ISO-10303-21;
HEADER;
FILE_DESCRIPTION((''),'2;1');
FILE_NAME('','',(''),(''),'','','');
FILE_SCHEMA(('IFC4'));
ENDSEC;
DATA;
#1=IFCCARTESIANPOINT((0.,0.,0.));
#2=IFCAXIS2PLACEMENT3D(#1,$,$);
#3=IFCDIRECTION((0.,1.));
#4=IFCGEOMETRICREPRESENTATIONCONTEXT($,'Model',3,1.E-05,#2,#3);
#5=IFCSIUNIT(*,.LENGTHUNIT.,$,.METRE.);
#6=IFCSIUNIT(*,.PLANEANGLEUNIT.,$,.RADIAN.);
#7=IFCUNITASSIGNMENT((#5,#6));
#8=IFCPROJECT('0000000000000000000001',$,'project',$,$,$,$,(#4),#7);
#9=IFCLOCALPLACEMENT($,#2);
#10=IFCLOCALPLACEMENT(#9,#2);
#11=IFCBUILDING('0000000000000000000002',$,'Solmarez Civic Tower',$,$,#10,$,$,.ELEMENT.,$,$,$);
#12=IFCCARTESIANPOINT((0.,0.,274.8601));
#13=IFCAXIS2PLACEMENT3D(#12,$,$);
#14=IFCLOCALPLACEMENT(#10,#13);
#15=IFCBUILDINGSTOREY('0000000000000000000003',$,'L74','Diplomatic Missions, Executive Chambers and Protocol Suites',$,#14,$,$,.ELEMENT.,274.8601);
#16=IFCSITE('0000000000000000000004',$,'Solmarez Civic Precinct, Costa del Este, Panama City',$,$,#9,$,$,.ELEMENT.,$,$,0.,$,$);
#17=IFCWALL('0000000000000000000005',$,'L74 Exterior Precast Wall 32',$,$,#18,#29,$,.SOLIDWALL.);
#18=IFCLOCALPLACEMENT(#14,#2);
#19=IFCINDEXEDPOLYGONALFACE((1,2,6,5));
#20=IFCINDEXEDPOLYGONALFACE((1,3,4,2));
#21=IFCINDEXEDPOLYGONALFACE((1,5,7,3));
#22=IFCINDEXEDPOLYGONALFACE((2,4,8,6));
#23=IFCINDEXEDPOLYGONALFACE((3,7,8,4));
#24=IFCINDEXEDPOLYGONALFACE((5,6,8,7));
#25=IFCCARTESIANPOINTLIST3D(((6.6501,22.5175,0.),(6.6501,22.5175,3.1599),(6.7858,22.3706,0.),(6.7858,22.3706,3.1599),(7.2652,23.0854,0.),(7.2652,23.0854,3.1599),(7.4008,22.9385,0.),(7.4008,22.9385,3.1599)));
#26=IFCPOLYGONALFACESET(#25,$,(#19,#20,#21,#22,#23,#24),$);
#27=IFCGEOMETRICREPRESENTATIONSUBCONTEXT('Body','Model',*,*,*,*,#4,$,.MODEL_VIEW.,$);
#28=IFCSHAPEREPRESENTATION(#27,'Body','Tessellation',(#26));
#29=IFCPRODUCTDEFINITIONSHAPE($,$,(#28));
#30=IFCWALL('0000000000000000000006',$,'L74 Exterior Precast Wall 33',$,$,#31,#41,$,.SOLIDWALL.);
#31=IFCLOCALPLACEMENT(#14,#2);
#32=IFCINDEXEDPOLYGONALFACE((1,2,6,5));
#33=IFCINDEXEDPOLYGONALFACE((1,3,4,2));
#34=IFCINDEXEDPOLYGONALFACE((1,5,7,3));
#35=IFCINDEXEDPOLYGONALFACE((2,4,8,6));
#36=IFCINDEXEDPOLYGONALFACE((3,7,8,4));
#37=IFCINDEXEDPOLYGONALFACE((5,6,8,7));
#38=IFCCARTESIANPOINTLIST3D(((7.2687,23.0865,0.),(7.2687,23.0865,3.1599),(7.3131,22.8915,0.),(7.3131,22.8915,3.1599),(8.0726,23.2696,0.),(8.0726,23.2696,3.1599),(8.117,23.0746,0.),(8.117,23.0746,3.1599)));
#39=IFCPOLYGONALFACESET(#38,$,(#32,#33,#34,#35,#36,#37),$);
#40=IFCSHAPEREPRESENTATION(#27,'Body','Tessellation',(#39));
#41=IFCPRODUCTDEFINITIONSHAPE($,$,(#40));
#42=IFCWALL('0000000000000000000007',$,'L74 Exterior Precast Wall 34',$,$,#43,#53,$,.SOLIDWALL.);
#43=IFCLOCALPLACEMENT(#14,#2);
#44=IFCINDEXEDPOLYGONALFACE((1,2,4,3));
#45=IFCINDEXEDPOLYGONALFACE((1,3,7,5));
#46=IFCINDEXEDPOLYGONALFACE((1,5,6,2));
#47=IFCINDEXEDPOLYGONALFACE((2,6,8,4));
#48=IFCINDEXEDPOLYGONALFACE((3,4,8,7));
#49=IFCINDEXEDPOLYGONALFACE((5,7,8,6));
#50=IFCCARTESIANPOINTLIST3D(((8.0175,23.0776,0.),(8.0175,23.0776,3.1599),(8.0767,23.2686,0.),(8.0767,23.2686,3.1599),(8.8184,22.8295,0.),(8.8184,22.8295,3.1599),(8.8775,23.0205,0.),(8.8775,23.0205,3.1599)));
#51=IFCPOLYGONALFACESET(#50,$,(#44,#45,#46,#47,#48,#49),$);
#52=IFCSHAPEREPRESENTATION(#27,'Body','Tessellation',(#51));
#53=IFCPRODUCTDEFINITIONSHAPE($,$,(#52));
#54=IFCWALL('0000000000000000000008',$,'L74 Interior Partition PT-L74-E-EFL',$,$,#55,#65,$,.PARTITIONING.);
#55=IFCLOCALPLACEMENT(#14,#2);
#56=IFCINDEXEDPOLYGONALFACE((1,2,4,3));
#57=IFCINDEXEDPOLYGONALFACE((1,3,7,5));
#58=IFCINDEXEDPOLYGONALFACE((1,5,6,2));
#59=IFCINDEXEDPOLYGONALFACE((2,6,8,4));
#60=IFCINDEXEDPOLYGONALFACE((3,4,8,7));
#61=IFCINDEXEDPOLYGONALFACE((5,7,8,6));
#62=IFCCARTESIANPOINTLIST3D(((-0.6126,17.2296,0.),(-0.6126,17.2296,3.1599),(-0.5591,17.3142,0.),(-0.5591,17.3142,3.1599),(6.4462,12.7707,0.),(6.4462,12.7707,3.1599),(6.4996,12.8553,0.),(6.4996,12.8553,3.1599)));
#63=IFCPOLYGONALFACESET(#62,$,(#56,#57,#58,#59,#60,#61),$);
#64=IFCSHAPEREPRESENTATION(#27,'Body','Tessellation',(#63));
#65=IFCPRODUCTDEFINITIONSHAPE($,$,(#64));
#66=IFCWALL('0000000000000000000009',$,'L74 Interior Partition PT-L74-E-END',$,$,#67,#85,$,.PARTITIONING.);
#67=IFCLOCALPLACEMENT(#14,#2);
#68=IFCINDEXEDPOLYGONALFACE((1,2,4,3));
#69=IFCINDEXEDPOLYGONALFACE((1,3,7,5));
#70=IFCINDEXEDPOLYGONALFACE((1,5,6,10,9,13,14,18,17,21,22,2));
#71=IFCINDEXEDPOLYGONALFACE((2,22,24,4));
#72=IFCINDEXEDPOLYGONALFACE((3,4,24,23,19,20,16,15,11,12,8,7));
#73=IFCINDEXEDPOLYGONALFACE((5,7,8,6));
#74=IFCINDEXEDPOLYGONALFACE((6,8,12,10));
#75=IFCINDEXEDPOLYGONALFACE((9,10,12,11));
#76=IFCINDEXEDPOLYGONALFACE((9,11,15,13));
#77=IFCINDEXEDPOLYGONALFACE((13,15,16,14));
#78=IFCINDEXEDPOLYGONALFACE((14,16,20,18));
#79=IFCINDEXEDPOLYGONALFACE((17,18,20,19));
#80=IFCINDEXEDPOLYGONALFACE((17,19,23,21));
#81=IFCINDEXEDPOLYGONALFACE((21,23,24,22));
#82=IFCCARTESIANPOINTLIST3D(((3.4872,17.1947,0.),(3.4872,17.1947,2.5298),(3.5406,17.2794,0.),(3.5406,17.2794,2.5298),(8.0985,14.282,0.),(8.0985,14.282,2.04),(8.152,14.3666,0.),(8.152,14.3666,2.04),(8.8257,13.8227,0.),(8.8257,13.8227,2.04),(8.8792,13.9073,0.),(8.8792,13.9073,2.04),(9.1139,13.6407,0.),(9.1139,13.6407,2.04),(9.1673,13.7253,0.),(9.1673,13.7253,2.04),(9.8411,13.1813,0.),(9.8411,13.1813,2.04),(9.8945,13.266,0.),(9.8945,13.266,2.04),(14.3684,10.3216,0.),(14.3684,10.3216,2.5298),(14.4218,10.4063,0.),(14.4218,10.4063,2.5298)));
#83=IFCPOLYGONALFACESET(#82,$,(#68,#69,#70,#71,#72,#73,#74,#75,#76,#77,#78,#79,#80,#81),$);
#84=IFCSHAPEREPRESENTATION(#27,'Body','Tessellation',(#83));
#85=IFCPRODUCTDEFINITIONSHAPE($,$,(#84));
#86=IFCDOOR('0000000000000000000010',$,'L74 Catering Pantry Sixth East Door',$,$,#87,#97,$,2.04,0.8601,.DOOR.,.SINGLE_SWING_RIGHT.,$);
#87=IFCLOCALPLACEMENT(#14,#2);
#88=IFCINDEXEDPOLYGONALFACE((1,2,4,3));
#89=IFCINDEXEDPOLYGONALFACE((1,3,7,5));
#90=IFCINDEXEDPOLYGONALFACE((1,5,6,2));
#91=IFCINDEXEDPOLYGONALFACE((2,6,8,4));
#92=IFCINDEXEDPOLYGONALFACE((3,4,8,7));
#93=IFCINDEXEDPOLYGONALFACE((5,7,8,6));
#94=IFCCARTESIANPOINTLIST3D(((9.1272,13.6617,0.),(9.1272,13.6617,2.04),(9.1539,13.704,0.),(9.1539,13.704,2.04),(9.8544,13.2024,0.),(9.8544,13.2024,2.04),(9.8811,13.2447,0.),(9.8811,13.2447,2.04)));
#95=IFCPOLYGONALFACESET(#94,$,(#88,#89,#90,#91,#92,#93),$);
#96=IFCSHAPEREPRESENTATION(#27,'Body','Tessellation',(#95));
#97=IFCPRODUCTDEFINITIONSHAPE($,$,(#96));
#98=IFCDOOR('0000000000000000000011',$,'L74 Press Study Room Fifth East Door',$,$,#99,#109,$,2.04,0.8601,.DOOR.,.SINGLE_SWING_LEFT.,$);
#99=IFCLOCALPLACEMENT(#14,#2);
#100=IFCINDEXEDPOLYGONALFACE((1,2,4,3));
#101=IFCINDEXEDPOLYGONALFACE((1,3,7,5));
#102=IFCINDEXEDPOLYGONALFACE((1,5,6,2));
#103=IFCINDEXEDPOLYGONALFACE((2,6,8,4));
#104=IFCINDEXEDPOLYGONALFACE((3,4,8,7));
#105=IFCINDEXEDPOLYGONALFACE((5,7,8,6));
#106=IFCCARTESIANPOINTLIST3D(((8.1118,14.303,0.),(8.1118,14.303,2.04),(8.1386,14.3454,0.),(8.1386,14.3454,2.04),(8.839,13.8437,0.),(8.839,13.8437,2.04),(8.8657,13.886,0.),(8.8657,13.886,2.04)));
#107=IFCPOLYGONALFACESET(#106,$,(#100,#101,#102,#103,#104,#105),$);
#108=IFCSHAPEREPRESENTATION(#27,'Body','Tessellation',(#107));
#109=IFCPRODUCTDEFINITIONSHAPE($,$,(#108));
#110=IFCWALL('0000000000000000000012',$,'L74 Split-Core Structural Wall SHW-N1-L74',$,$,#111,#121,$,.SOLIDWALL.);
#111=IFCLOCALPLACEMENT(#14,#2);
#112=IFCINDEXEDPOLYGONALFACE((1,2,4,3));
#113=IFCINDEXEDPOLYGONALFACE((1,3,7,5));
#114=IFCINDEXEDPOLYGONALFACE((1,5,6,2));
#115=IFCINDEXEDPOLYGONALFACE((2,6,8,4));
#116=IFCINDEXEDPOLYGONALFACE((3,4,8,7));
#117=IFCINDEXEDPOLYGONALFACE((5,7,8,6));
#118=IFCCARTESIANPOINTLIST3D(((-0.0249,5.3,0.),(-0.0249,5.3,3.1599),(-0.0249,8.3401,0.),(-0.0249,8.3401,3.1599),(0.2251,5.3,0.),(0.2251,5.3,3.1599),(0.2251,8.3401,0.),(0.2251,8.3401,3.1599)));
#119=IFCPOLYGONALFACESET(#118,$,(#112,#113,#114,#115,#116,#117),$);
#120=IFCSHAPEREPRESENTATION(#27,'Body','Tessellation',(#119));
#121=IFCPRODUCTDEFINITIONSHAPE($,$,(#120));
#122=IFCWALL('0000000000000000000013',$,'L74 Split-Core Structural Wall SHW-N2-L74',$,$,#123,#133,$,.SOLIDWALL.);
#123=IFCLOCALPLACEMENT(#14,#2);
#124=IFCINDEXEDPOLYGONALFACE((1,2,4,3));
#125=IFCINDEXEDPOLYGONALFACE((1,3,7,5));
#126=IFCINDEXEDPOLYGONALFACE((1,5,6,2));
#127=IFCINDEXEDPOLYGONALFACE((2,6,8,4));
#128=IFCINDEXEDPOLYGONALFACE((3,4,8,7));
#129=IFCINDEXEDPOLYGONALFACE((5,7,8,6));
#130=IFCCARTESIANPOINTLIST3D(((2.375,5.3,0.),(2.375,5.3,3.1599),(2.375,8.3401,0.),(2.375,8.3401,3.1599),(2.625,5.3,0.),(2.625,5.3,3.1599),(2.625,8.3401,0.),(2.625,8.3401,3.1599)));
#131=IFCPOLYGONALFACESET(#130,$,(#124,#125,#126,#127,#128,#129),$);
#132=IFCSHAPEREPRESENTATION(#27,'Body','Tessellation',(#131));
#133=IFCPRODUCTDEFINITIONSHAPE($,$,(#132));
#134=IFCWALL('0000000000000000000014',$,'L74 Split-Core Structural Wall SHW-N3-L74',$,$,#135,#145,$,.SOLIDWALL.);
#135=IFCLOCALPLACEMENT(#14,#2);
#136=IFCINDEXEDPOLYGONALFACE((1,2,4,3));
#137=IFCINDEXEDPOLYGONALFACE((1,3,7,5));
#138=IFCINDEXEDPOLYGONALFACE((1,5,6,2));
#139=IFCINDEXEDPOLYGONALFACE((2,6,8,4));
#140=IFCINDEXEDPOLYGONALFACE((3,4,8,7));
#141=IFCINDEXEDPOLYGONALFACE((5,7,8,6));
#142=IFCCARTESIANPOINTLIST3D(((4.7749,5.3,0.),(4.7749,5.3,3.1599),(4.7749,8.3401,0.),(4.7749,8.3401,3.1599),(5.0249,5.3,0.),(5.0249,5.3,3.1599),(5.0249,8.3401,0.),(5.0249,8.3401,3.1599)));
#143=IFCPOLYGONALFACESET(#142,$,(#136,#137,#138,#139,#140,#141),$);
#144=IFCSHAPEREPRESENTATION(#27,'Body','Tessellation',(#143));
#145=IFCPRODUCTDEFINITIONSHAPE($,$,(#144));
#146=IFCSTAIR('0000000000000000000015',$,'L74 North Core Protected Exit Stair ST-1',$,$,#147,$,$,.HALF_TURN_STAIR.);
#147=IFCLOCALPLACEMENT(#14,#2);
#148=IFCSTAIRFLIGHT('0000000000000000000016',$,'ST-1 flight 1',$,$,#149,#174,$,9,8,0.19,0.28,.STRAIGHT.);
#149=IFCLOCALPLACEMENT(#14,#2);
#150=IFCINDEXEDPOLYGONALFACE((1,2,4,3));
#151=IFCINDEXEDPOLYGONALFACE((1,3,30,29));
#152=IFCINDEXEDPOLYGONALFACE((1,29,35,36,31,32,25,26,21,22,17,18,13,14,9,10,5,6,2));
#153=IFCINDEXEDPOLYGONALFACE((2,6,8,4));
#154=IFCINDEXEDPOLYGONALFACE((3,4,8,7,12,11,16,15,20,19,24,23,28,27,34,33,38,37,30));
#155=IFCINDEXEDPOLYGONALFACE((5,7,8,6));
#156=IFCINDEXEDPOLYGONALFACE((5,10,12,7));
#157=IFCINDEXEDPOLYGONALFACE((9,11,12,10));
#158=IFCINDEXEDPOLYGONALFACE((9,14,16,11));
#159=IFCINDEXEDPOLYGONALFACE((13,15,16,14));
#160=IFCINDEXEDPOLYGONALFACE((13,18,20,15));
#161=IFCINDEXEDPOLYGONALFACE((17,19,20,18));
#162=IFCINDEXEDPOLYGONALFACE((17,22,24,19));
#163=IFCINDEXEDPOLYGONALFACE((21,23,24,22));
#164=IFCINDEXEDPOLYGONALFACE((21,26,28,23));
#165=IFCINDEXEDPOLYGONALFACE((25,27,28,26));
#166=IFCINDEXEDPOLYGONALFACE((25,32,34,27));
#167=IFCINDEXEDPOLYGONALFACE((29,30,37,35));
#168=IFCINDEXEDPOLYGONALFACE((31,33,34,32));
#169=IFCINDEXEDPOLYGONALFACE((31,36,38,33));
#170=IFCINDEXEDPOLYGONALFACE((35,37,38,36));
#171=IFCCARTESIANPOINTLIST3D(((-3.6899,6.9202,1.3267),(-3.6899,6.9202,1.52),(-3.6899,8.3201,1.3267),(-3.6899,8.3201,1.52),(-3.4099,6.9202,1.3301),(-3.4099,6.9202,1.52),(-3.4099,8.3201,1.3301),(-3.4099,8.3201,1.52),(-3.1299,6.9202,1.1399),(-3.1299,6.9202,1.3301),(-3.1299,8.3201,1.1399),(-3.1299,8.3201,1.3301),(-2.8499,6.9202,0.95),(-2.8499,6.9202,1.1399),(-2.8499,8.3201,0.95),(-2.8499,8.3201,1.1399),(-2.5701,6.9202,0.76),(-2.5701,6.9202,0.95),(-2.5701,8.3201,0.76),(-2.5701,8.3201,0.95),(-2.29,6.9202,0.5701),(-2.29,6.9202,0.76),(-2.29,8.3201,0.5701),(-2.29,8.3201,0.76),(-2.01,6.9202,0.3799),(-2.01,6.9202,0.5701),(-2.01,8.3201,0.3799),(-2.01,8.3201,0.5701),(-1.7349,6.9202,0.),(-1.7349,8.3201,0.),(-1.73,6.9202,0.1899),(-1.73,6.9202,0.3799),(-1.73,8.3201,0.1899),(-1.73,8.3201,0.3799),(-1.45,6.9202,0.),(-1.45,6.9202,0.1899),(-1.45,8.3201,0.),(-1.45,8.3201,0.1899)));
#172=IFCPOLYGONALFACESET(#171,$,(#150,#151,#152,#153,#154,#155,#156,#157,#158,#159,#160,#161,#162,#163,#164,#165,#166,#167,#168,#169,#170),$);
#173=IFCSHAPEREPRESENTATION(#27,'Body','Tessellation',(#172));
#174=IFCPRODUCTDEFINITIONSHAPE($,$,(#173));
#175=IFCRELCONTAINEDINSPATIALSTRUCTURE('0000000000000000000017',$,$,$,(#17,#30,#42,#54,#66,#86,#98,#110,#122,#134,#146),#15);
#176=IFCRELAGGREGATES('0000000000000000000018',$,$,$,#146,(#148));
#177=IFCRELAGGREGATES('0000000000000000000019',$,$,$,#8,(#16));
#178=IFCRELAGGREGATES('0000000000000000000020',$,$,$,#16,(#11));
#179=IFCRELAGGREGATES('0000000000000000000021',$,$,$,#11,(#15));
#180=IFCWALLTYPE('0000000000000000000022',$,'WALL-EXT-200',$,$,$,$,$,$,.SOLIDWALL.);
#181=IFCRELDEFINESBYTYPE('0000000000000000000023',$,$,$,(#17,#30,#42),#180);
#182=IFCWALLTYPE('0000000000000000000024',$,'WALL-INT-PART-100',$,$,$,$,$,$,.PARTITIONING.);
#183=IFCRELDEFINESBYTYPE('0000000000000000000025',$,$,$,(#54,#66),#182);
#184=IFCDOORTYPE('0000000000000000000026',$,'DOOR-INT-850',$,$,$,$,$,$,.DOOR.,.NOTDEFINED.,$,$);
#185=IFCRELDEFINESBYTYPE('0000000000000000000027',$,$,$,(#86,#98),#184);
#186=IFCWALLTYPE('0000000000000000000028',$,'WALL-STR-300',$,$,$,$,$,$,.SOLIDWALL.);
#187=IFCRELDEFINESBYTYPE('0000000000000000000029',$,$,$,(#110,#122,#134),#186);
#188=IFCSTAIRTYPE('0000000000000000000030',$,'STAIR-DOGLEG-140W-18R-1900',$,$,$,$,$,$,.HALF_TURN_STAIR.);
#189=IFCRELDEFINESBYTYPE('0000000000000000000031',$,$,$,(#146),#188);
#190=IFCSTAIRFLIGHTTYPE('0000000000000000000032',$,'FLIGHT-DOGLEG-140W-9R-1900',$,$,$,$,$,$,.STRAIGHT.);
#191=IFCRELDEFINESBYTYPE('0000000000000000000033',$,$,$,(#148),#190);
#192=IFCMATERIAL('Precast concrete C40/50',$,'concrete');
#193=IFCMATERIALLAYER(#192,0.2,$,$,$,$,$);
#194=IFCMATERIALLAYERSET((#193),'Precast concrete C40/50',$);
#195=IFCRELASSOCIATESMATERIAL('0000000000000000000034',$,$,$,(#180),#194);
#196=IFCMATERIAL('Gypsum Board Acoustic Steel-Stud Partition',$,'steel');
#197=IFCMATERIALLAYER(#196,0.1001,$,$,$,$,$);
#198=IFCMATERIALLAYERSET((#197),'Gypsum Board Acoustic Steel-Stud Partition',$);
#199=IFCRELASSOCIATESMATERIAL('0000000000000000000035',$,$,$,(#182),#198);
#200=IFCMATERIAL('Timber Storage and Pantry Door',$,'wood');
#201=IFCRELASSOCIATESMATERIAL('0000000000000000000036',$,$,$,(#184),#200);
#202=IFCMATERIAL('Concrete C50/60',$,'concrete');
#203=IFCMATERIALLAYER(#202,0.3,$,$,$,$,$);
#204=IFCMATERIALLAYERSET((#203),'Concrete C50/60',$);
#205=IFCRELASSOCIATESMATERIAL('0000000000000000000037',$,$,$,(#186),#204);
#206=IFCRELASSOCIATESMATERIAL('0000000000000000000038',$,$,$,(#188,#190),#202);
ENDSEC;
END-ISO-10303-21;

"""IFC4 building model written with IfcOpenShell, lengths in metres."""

from ifc_helpers import new_model, si_unit, direction, frame, frame_2d, origin, place, context, subcontext, project, spatial, polyline, rectangle, outline, extrude, material, layer, layer_set, type_object, element, fill, aggregate, save


model = new_model("IFC4")

# Units and contexts
model_context = context("Model", 3, precision=1e-05, world=origin(), true_north=direction((0.0, 1.0)))
body_context = subcontext(model_context, "Body", "Model", "MODEL_VIEW")
ifc_project = project(units=[si_unit("LENGTHUNIT", "METRE"), si_unit("PLANEANGLEUNIT", "RADIAN")], contexts=[model_context])

# Site, building, storey
site_placement = place(None, origin())
site = spatial("IfcSite", under=ifc_project, at=site_placement, Name="Solmarez Civic Precinct, Costa del Este, Panama City", CompositionType="ELEMENT", RefElevation=0.0)
building_placement = place(site_placement, origin())
building = spatial("IfcBuilding", under=site, at=building_placement, Name="Solmarez Civic Tower", CompositionType="ELEMENT")
storey_placement = place(building_placement, frame((0.0, 0.0, 274.8601)))
storey = spatial("IfcBuildingStorey", under=building, at=storey_placement, Name="L74", Description="Diplomatic Missions, Executive Chambers and Protocol Suites", CompositionType="ELEMENT", Elevation=274.8601)

# Walls
ifc_material_1 = material(Name="Concrete C50/60", Category="concrete")
ifc_material_2 = material(Name="Precast concrete C40/50", Category="concrete")
ifc_layer_1 = layer(ifc_material_2, 0.2)
ifc_layer_set_1 = layer_set([ifc_layer_1], Name="Precast concrete C40/50")
wall_type_1 = type_object("IfcWallType", Name="WALL-EXT-200", PredefinedType="SOLIDWALL", material=ifc_layer_set_1)
wall_1_placement = place(storey_placement, frame((6.718, 22.4441, 0.0), z_axis=(0.0, 0.0, 1.0), x_axis=(0.734692, 0.678401, 0.0)))
element("IfcWall", 1, at=wall_1_placement, inside=storey, type_object=wall_type_1, Name="L74 Exterior Precast Wall 32", PredefinedType="SOLIDWALL", context=body_context, shape_type="SweptSolid", body=[
    extrude(rectangle(XDim=0.8372, YDim=0.2, at=frame_2d((0.4185, 0.0))), origin(), (0.0, 0.0, 1.0), 3.1599),
])
wall_2_placement = place(storey_placement, frame((7.291, 22.989, 0.0), z_axis=(0.0, 0.0, 1.0), x_axis=(0.975031, 0.222069, 0.0)))
element("IfcWall", 2, at=wall_2_placement, inside=storey, type_object=wall_type_1, Name="L74 Exterior Precast Wall 33", PredefinedType="SOLIDWALL", context=body_context, shape_type="SweptSolid", body=[
    extrude(rectangle(XDim=0.8245, YDim=0.2, at=frame_2d((0.4121, 0.0))), origin(), (0.0, 0.0, 1.0), 3.1599),
])
wall_3_placement = place(storey_placement, frame((8.0471, 23.1731, 0.0), z_axis=(0.0, 0.0, 1.0), x_axis=(0.955223, -0.295886, 0.0)))
element("IfcWall", 3, at=wall_3_placement, inside=storey, type_object=wall_type_1, Name="L74 Exterior Precast Wall 34", PredefinedType="SOLIDWALL", context=body_context, shape_type="SweptSolid", body=[
    extrude(rectangle(XDim=0.8384, YDim=0.2, at=frame_2d((0.4192, 0.0))), origin(), (0.0, 0.0, 1.0), 3.1599),
])
ifc_material_3 = material(Name="Gypsum Board Acoustic Steel-Stud Partition", Category="steel")
ifc_layer_2 = layer(ifc_material_3, 0.1001)
ifc_layer_set_2 = layer_set([ifc_layer_2], Name="Gypsum Board Acoustic Steel-Stud Partition")
wall_type_2 = type_object("IfcWallType", Name="WALL-INT-PART-100", PredefinedType="PARTITIONING", material=ifc_layer_set_2)
wall_4_placement = place(storey_placement, frame((6.4729, 12.813, 0.0), z_axis=(0.0, 0.0, 1.0), x_axis=(-0.845447, 0.534059, 0.0)))
element("IfcWall", 4, at=wall_4_placement, inside=storey, type_object=wall_type_2, Name="L74 Interior Partition PT-L74-E-EFL", PredefinedType="PARTITIONING", context=body_context, shape_type="SweptSolid", body=[
    extrude(rectangle(XDim=8.3491, YDim=0.1001, at=frame_2d((4.1746, 0.0))), origin(), (0.0, 0.0, 1.0), 3.1599),
])

# Wall, openings, doors
wall_5_placement = place(storey_placement, frame((3.5139, 17.2371, 0.0), z_axis=(0.0, 0.0, 1.0), x_axis=(0.845462, -0.534036, 0.0)))
wall_5 = element("IfcWall", 5, at=wall_5_placement, inside=storey, type_object=wall_type_2, Name="L74 Interior Partition PT-L74-E-END", PredefinedType="PARTITIONING", context=body_context, shape_type="SweptSolid", body=[
    extrude(rectangle(XDim=12.8701, YDim=0.1001, at=frame_2d((6.4351, 0.0))), origin(), (0.0, 0.0, 1.0), 2.5298),
])
opening_1_placement = place(wall_5_placement, frame((6.655, 0.0, 0.0)))
opening_1 = element("IfcOpeningElement", 6, at=opening_1_placement, cuts=wall_5, PredefinedType="OPENING", context=body_context, shape_type="SweptSolid", body=[
    extrude(rectangle(XDim=0.8601, YDim=2.04, at=frame_2d((0.4302, 1.02))), frame((0.0, 0.0601, 0.0), z_axis=(0.0, -1.0, 0.0), x_axis=(1.0, 0.0, 0.0)), (0.0, 0.0, 1.0), 0.1201),
])
opening_2_placement = place(wall_5_placement, frame((5.4541, 0.0, 0.0)))
opening_2 = element("IfcOpeningElement", 7, at=opening_2_placement, cuts=wall_5, PredefinedType="OPENING", context=body_context, shape_type="SweptSolid", body=[
    extrude(rectangle(XDim=0.8601, YDim=2.04, at=frame_2d((0.4302, 1.02))), frame((0.0, 0.0601, 0.0), z_axis=(0.0, -1.0, 0.0), x_axis=(1.0, 0.0, 0.0)), (0.0, 0.0, 1.0), 0.1201),
])
ifc_material_4 = material(Name="Timber Storage and Pantry Door", Category="wood")
door_type_1 = type_object("IfcDoorType", Name="DOOR-INT-850", OperationType="NOTDEFINED", PredefinedType="DOOR", material=ifc_material_4)
door_1_placement = place(opening_1_placement, origin())
door_1 = element("IfcDoor", 8, at=door_1_placement, inside=storey, type_object=door_type_1, Name="L74 Catering Pantry Sixth East Door", OperationType="SINGLE_SWING_RIGHT", OverallHeight=2.04, OverallWidth=0.8601, PredefinedType="DOOR", context=body_context, shape_type="SweptSolid", body=[
    extrude(rectangle(XDim=0.8601, YDim=2.04, at=frame_2d((0.4302, 1.02))), frame((0.0, 0.0249, 0.0), z_axis=(0.0, -1.0, 0.0), x_axis=(1.0, 0.0, 0.0)), (0.0, 0.0, 1.0), 0.05),
])
fill(opening_1, door_1)
door_2_placement = place(opening_2_placement, origin())
door_2 = element("IfcDoor", 9, at=door_2_placement, inside=storey, type_object=door_type_1, Name="L74 Press Study Room Fifth East Door", OperationType="SINGLE_SWING_LEFT", OverallHeight=2.04, OverallWidth=0.8601, PredefinedType="DOOR", context=body_context, shape_type="SweptSolid", body=[
    extrude(rectangle(XDim=0.8601, YDim=2.04, at=frame_2d((0.4302, 1.02))), frame((0.0, 0.0249, 0.0), z_axis=(0.0, -1.0, 0.0), x_axis=(1.0, 0.0, 0.0)), (0.0, 0.0, 1.0), 0.05),
])
fill(opening_2, door_2)

# Walls
ifc_layer_3 = layer(ifc_material_1, 0.3)
ifc_layer_set_3 = layer_set([ifc_layer_3], Name="Concrete C50/60")
wall_type_3 = type_object("IfcWallType", Name="WALL-STR-300", PredefinedType="SOLIDWALL", material=ifc_layer_set_3)
for number, where, z_axis, x_axis, name in (
    (10, (0.1001, 5.3, 0.0), (0.0, 0.0, 1.0), (0.0, 1.0, 0.0), "L74 Split-Core Structural Wall SHW-N1-L74"),
    (11, (2.5, 5.3, 0.0), (0.0, 0.0, 1.0), (0.0, 1.0, 0.0), "L74 Split-Core Structural Wall SHW-N2-L74"),
    (12, (4.8999, 5.3, 0.0), (0.0, 0.0, 1.0), (0.0, 1.0, 0.0), "L74 Split-Core Structural Wall SHW-N3-L74"),
):
    element("IfcWall", number, at=place(storey_placement, frame(where, z_axis=z_axis, x_axis=x_axis)), inside=storey, type_object=wall_type_3, Name=name, PredefinedType="SOLIDWALL", context=body_context, shape_type="SweptSolid", body=[
        extrude(rectangle(XDim=3.04, YDim=0.25, at=frame_2d((1.52, 0.0))), origin(), (0.0, 0.0, 1.0), 3.1599),
    ])

# Stair, stair flight
stair_type = type_object("IfcStairType", Name="STAIR-DOGLEG-140W-18R-1900", PredefinedType="HALF_TURN_STAIR", material=ifc_material_1)
stair_placement = place(storey_placement, origin())
stair = element("IfcStair", 13, at=stair_placement, inside=storey, type_object=stair_type, Name="L74 North Core Protected Exit Stair ST-1", PredefinedType="HALF_TURN_STAIR")
stair_flight_type = type_object("IfcStairFlightType", Name="FLIGHT-DOGLEG-140W-9R-1900", PredefinedType="STRAIGHT", material=ifc_material_1)
stair_flight_placement = place(storey_placement, frame((-1.45, 7.6201, 0.0), z_axis=(0.0, 0.0, 1.0), x_axis=(-1.0, 0.0, 0.0)))
stair_flight = element("IfcStairFlight", 14, at=stair_flight_placement, type_object=stair_flight_type, Name="ST-1 flight 1", NumberOfRisers=9, NumberOfTreads=8, PredefinedType="STRAIGHT", RiserHeight=0.19, TreadLength=0.28, context=body_context, shape_type="SweptSolid", body=[
    extrude(outline(polyline([(0.0, 0.0), (0.0, 0.1899), (0.28, 0.1899), (0.28, 0.3799), (0.5601, 0.3799), (0.5601, 0.5701), (0.8401, 0.5701), (0.8401, 0.76), (1.1201, 0.76), (1.1201, 0.95), (1.3999, 0.95), (1.3999, 1.1399), (1.6799, 1.1399), (1.6799, 1.3301), (1.96, 1.3301), (1.96, 1.52), (2.24, 1.52), (2.24, 1.71), (2.24, 1.3267), (0.2849, 0.0), (0.0, 0.0)])), frame((0.0, 0.7, 0.0), z_axis=(0.0, -1.0, 0.0), x_axis=(1.0, 0.0, 0.0)), (0.0, 0.0, 1.0), 1.3999),
])
aggregate(stair, [stair_flight])

save(model, "model.ifc")
